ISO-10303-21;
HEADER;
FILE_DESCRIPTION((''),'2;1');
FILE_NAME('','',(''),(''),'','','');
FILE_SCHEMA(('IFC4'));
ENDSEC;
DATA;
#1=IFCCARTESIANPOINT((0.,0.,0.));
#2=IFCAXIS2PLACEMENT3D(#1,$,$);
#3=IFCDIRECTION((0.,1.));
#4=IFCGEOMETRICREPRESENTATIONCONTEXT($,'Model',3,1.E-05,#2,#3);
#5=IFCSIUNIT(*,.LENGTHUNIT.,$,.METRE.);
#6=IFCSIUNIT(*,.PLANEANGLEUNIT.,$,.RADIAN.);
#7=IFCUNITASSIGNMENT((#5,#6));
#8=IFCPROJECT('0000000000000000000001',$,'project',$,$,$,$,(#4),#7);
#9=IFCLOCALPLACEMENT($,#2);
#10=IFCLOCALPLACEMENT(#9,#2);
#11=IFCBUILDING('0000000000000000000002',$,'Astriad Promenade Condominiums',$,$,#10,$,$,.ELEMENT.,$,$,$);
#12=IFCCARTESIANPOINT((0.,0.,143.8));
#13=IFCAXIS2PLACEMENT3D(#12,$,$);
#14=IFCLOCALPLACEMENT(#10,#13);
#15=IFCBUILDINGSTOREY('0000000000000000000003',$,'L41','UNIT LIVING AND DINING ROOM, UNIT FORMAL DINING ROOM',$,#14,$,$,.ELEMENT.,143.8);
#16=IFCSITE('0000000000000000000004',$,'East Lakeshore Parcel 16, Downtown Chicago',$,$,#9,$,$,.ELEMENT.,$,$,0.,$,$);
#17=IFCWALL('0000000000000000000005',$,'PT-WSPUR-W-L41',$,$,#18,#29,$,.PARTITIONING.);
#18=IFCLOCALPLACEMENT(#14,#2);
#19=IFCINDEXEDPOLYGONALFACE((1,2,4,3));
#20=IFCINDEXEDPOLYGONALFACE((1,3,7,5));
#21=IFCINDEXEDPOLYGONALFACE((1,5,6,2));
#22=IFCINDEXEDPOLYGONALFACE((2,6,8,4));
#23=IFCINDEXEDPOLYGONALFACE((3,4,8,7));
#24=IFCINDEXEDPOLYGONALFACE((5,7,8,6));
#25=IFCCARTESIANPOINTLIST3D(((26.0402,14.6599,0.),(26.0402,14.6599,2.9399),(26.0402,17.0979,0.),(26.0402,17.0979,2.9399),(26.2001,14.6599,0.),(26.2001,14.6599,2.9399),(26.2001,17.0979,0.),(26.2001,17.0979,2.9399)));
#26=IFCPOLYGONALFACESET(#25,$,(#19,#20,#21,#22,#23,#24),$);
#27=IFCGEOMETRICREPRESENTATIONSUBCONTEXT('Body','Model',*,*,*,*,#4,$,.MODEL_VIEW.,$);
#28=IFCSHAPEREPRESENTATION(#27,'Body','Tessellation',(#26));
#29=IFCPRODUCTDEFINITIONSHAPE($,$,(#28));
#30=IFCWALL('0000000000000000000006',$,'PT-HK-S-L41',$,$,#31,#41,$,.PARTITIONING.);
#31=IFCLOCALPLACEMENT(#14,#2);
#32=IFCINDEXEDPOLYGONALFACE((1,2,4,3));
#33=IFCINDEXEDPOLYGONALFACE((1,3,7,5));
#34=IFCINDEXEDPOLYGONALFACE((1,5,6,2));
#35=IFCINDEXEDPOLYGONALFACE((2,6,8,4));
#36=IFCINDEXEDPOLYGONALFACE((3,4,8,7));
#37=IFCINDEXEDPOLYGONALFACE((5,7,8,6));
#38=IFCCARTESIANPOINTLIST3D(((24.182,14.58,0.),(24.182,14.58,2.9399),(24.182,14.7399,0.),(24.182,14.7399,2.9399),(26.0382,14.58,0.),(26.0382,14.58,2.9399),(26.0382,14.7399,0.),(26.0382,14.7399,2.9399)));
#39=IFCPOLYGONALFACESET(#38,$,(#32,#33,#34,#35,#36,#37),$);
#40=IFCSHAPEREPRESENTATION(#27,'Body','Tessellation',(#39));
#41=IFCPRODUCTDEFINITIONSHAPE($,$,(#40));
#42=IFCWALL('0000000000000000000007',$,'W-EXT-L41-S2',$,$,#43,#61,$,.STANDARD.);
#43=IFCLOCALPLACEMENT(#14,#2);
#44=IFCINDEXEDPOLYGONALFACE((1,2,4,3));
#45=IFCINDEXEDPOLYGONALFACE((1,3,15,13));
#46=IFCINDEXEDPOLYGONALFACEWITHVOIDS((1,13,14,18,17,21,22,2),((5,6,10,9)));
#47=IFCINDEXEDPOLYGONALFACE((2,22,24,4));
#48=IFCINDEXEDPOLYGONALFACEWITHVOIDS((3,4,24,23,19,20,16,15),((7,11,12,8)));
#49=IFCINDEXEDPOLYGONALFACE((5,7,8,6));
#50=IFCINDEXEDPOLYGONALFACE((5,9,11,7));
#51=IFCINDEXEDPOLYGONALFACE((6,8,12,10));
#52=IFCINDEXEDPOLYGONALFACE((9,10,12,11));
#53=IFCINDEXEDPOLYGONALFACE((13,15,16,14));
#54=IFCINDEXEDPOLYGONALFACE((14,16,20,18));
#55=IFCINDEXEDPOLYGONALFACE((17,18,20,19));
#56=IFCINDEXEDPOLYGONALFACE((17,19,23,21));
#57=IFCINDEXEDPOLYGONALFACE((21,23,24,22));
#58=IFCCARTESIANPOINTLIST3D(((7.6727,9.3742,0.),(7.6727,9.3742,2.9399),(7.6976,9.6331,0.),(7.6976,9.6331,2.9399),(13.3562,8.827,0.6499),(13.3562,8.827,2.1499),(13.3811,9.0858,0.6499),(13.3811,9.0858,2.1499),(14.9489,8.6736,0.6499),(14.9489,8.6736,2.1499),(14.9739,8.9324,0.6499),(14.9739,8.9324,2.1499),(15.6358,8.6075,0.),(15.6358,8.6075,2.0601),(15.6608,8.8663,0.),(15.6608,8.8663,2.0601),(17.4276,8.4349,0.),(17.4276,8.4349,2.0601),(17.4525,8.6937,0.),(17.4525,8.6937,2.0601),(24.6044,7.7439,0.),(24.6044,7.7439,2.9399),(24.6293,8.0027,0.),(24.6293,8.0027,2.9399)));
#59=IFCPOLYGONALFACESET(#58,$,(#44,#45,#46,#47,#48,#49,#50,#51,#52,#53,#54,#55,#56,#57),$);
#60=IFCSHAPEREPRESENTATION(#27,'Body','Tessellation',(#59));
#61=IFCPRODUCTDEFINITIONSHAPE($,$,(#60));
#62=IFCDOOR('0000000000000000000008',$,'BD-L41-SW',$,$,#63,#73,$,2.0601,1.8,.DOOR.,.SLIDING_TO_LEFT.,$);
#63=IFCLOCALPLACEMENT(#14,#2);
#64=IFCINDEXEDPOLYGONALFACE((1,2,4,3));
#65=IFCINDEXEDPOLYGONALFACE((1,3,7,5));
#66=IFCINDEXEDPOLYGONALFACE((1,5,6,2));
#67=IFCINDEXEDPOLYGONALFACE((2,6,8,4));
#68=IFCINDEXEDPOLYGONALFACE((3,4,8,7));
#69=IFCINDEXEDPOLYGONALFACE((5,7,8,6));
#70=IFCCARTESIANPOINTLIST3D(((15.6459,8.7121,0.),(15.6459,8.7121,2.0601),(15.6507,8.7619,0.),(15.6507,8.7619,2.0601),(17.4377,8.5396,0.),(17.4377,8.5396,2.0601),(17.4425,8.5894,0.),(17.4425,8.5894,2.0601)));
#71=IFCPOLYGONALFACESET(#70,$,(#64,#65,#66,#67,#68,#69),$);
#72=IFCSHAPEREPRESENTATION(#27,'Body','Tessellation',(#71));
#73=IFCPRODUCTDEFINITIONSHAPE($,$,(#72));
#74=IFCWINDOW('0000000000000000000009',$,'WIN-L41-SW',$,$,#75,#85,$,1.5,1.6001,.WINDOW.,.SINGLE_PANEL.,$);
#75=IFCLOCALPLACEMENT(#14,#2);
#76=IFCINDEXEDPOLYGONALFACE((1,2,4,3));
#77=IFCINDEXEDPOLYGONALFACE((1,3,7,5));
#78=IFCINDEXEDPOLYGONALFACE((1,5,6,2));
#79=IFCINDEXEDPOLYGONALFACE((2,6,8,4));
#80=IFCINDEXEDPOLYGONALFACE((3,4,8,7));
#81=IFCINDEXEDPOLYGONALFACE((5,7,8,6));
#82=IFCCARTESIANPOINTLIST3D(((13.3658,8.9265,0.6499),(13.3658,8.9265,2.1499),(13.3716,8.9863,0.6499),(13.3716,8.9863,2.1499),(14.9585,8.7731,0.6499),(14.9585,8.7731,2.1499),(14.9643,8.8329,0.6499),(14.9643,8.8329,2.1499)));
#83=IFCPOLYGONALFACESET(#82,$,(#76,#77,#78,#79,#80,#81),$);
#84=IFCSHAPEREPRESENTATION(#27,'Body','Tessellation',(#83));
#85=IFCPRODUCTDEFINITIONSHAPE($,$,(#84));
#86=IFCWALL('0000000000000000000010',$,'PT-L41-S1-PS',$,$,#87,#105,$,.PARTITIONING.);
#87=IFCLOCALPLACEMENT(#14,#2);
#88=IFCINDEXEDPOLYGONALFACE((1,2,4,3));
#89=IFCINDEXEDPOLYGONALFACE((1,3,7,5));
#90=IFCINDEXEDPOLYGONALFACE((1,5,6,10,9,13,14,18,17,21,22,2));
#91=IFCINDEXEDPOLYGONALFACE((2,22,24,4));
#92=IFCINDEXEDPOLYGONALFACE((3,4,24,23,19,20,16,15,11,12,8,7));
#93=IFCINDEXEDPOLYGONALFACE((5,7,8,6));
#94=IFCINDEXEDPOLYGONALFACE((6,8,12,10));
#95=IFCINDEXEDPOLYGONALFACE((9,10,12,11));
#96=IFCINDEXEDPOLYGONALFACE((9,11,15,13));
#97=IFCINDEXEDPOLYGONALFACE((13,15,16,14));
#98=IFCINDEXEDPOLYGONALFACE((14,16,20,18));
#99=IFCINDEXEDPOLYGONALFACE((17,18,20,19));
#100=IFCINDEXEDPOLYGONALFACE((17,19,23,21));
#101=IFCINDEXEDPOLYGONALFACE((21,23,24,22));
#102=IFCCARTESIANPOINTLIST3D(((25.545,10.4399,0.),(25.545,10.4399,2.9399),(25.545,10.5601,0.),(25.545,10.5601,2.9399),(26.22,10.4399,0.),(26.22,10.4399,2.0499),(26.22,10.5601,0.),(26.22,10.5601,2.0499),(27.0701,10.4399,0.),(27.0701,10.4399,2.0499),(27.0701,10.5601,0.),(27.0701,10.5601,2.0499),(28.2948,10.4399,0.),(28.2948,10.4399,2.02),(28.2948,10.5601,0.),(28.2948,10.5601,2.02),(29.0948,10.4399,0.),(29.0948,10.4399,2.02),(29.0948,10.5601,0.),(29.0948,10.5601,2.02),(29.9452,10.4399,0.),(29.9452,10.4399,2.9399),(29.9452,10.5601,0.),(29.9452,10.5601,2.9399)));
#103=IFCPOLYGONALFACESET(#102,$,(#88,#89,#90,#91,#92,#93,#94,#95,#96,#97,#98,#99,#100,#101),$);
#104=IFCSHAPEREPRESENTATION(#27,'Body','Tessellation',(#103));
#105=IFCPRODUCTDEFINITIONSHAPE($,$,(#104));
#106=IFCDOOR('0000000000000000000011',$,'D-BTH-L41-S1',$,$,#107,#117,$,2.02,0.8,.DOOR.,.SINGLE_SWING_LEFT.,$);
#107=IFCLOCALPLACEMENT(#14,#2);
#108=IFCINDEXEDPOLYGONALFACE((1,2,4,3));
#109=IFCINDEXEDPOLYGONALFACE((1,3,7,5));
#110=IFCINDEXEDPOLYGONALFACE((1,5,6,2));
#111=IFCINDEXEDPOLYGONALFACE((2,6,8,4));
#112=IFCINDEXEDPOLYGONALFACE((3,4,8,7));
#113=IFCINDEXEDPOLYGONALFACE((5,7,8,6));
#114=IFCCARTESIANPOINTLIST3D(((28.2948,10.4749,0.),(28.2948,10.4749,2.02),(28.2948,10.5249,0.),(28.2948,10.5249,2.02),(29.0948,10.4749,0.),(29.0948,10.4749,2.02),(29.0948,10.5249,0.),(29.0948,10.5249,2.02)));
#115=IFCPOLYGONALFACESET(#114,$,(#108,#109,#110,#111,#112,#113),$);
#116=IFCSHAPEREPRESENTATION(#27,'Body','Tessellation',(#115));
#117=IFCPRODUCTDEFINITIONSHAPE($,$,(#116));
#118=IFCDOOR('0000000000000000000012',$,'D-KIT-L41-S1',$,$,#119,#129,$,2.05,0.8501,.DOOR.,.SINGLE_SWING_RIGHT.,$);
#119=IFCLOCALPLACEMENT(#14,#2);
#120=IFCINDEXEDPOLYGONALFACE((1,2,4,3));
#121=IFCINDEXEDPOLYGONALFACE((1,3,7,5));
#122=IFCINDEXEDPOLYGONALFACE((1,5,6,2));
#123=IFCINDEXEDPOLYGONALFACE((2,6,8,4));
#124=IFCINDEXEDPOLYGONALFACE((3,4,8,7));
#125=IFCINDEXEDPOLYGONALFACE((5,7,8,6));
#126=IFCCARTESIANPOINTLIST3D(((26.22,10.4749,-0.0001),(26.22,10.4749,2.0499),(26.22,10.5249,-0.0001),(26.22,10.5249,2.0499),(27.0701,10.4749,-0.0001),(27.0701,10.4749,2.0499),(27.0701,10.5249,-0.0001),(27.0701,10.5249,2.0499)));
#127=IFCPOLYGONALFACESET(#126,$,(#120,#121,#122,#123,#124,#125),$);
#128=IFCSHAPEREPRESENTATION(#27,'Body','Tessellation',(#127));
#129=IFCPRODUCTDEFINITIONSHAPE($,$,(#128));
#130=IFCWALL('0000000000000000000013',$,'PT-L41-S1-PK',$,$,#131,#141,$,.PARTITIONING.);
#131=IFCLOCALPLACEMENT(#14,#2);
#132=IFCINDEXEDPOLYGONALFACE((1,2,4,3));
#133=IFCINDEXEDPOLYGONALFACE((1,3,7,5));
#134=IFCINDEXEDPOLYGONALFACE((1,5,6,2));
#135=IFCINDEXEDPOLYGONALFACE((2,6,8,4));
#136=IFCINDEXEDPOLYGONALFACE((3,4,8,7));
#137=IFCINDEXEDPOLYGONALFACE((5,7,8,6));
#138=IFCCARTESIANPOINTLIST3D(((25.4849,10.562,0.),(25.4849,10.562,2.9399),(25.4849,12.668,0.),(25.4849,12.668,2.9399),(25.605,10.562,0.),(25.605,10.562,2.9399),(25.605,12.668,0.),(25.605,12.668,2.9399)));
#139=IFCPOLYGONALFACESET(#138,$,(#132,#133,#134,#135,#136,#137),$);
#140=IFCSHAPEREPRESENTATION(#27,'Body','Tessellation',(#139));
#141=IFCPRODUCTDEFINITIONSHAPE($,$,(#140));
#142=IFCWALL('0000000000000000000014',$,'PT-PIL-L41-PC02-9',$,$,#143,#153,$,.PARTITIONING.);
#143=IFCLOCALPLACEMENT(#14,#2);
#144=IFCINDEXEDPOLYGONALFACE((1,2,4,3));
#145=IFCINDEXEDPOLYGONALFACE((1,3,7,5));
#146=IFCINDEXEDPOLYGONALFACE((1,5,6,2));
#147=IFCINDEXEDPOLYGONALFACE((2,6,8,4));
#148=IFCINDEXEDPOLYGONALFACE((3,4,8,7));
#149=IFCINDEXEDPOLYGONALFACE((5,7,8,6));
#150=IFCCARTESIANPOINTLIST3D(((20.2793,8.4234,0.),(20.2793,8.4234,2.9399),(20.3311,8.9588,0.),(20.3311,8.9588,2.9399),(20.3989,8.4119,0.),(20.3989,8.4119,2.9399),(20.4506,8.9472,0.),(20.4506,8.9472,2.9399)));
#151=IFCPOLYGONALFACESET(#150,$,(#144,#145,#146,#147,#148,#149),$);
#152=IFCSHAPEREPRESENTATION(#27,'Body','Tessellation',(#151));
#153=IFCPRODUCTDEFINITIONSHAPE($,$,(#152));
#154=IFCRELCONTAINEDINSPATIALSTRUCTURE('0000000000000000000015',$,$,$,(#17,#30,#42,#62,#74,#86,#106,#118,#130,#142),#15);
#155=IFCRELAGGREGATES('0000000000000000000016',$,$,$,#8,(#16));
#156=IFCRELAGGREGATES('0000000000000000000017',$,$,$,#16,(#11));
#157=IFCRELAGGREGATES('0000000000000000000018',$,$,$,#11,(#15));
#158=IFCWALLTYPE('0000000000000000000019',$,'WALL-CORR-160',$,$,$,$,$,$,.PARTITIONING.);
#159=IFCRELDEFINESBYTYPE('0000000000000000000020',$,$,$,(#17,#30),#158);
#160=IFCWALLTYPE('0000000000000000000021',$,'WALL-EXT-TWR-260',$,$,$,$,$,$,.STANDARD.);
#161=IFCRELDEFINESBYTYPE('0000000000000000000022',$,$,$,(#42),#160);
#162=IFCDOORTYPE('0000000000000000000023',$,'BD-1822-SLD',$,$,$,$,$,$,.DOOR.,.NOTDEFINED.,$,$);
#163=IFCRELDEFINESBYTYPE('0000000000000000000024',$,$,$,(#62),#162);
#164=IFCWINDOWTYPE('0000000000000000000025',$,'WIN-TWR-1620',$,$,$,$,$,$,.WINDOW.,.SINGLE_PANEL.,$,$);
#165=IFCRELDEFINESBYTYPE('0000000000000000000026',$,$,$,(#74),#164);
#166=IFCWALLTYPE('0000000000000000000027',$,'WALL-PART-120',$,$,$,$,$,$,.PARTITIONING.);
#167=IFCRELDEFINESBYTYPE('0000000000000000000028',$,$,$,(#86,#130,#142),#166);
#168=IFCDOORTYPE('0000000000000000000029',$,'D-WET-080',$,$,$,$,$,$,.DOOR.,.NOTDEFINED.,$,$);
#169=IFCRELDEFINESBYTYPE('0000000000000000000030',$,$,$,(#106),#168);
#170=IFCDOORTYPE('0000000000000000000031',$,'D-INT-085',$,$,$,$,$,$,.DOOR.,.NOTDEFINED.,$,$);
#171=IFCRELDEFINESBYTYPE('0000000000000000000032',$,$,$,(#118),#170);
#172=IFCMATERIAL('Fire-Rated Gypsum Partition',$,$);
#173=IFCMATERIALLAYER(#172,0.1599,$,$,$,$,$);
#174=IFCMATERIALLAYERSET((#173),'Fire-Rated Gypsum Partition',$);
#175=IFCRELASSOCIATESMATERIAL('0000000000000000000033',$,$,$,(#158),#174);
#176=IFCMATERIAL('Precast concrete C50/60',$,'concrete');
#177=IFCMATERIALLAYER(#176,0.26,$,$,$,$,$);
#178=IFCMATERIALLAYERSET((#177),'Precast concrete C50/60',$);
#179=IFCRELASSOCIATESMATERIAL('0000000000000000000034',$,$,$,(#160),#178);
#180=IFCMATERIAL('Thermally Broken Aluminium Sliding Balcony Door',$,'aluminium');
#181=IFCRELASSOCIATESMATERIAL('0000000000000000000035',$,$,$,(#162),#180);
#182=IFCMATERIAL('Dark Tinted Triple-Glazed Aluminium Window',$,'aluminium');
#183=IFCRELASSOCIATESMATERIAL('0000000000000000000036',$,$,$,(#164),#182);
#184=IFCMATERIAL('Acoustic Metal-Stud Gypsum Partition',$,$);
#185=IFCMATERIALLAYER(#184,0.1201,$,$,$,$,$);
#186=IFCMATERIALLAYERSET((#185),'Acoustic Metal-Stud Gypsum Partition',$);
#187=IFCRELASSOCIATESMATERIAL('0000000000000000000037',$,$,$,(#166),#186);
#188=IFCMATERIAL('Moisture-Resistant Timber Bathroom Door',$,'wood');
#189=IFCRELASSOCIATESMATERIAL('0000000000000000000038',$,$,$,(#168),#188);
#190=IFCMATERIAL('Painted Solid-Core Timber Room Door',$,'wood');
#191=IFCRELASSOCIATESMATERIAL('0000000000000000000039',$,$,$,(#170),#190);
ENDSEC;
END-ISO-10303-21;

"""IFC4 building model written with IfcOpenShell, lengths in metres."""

from ifc_helpers import new_model, si_unit, direction, frame, frame_2d, origin, place, context, subcontext, project, spatial, rectangle, extrude, source, transform, mapped, material, layer, layer_set, type_object, type_shapes, element, fill, save


model = new_model("IFC4")

# Units and contexts
model_context = context("Model", 3, precision=1e-05, world=origin(), true_north=direction((0.0, 1.0)))
body_context = subcontext(model_context, "Body", "Model", "MODEL_VIEW")
ifc_project = project(units=[si_unit("LENGTHUNIT", "METRE"), si_unit("PLANEANGLEUNIT", "RADIAN")], contexts=[model_context])

# Site, building, storey
site_placement = place(None, origin())
site = spatial("IfcSite", under=ifc_project, at=site_placement, Name="East Lakeshore Parcel 16, Downtown Chicago", CompositionType="ELEMENT", RefElevation=0.0)
building_placement = place(site_placement, origin())
building = spatial("IfcBuilding", under=site, at=building_placement, Name="Astriad Promenade Condominiums", CompositionType="ELEMENT")
storey_placement = place(building_placement, frame((0.0, 0.0, 143.8)))
storey = spatial("IfcBuildingStorey", under=building, at=storey_placement, Name="L41", Description="UNIT LIVING AND DINING ROOM, UNIT FORMAL DINING ROOM", CompositionType="ELEMENT", Elevation=143.8)

# Shared definitions
ifc_material_1 = material(Name="Fire-Rated Gypsum Partition")
ifc_layer_1 = layer(ifc_material_1, 0.1599)
ifc_layer_set_1 = layer_set([ifc_layer_1], Name="Fire-Rated Gypsum Partition")
wall_type_1 = type_object("IfcWallType", Name="WALL-CORR-160", PredefinedType="PARTITIONING", material=ifc_layer_set_1)

# Walls
wall_1_placement = place(storey_placement, frame((26.1201, 14.6599, 0.0), z_axis=(0.0, 0.0, 1.0), x_axis=(0.0, 1.0, 0.0)))
element("IfcWall", 1, at=wall_1_placement, inside=storey, type_object=wall_type_1, Name="PT-WSPUR-W-L41", PredefinedType="PARTITIONING", context=body_context, shape_type="SweptSolid", body=[
    extrude(rectangle(XDim=2.438, YDim=0.1599, at=frame_2d((1.219, 0.0))), origin(), (0.0, 0.0, 1.0), 2.9399),
])
wall_2_placement = place(storey_placement, frame((24.1819, 14.6599, 0.0), z_axis=(0.0, 0.0, 1.0), x_axis=(1.0, 0.0, 0.0)))
element("IfcWall", 2, at=wall_2_placement, inside=storey, type_object=wall_type_1, Name="PT-HK-S-L41", PredefinedType="PARTITIONING", context=body_context, shape_type="SweptSolid", body=[
    extrude(rectangle(XDim=1.8562, YDim=0.1599, at=frame_2d((0.9282, 0.0))), origin(), (0.0, 0.0, 1.0), 2.9399),
])

# Wall, openings, door, window
ifc_material_2 = material(Name="Precast concrete C50/60", Category="concrete")
ifc_layer_2 = layer(ifc_material_2, 0.26)
ifc_layer_set_2 = layer_set([ifc_layer_2], Name="Precast concrete C50/60")
wall_type_2 = type_object("IfcWallType", Name="WALL-EXT-TWR-260", PredefinedType="STANDARD", material=ifc_layer_set_2)
wall_3_placement = place(storey_placement, frame((24.6167, 7.8733, 0.0), z_axis=(0.0, 0.0, 1.0), x_axis=(-0.995396, 0.095848, 0.0)))
wall_3 = element("IfcWall", 3, at=wall_3_placement, inside=storey, type_object=wall_type_2, Name="W-EXT-L41-S2", PredefinedType="STANDARD", context=body_context, shape_type="SweptSolid", body=[
    extrude(rectangle(XDim=17.01, YDim=0.26, at=frame_2d((8.5049, 0.0))), origin(), (0.0, 0.0, 1.0), 2.9399),
])
opening_1_placement = place(wall_3_placement, frame((7.21, 0.0, 0.0)))
opening_1 = element("IfcOpeningElement", 4, at=opening_1_placement, cuts=wall_3, PredefinedType="OPENING", context=body_context, shape_type="SweptSolid", body=[
    extrude(rectangle(XDim=1.8, YDim=2.0601, at=frame_2d((0.8999, 1.03))), frame((0.0, 0.1399, 0.0), z_axis=(0.0, -1.0, 0.0), x_axis=(1.0, 0.0, 0.0)), (0.0, 0.0, 1.0), 0.28),
])
opening_2_placement = place(wall_3_placement, frame((9.7, 0.0, 0.6499)))
opening_2 = element("IfcOpeningElement", 5, at=opening_2_placement, cuts=wall_3, PredefinedType="OPENING", context=body_context, shape_type="SweptSolid", body=[
    extrude(rectangle(XDim=1.6001, YDim=1.5, at=frame_2d((0.8, 0.75))), frame((0.0, 0.1399, 0.0), z_axis=(0.0, -1.0, 0.0), x_axis=(1.0, 0.0, 0.0)), (0.0, 0.0, 1.0), 0.28),
])
ifc_material_3 = material(Name="Thermally Broken Aluminium Sliding Balcony Door", Category="aluminium")
door_type_1 = type_object("IfcDoorType", Name="BD-1822-SLD", OperationType="NOTDEFINED", PredefinedType="DOOR", material=ifc_material_3)
shared_shape_1 = source(origin(), body_context, "Body", "SweptSolid", [
    extrude(rectangle(XDim=1.8, YDim=2.0601, at=frame_2d((0.8999, 1.03))), frame((0.0, 0.0249, 0.0), z_axis=(0.0, -1.0, 0.0), x_axis=(1.0, 0.0, 0.0)), (0.0, 0.0, 1.0), 0.05),
])
type_shapes(door_type_1, [shared_shape_1])
door_1_placement = place(opening_1_placement, origin())
door_1 = element("IfcDoor", 6, at=door_1_placement, inside=storey, type_object=door_type_1, Name="BD-L41-SW", OperationType="SLIDING_TO_LEFT", OverallHeight=2.0601, OverallWidth=1.8, PredefinedType="DOOR", context=body_context, shape_type="MappedRepresentation", body=[
    mapped(shared_shape_1, transform((0.0, 0.0, 0.0), scale=1.0)),
])
fill(opening_1, door_1)
ifc_material_4 = material(Name="Dark Tinted Triple-Glazed Aluminium Window", Category="aluminium")
window_type = type_object("IfcWindowType", Name="WIN-TWR-1620", PartitioningType="SINGLE_PANEL", PredefinedType="WINDOW", material=ifc_material_4)
shared_shape_2 = source(origin(), body_context, "Body", "SweptSolid", [
    extrude(rectangle(XDim=1.6001, YDim=1.5, at=frame_2d((0.8, 0.75))), frame((0.0, 0.03, 0.0), z_axis=(0.0, -1.0, 0.0), x_axis=(1.0, 0.0, 0.0)), (0.0, 0.0, 1.0), 0.0601),
])
type_shapes(window_type, [shared_shape_2])
window_placement = place(opening_2_placement, origin())
window = element("IfcWindow", 7, at=window_placement, inside=storey, type_object=window_type, Name="WIN-L41-SW", OverallHeight=1.5, OverallWidth=1.6001, PartitioningType="SINGLE_PANEL", PredefinedType="WINDOW", context=body_context, shape_type="MappedRepresentation", body=[
    mapped(shared_shape_2, transform((0.0, 0.0, 0.0), scale=1.0)),
])
fill(opening_2, window)

# Wall, openings, doors
ifc_material_5 = material(Name="Acoustic Metal-Stud Gypsum Partition")
ifc_layer_3 = layer(ifc_material_5, 0.1201)
ifc_layer_set_3 = layer_set([ifc_layer_3], Name="Acoustic Metal-Stud Gypsum Partition")
wall_type_3 = type_object("IfcWallType", Name="WALL-PART-120", PredefinedType="PARTITIONING", material=ifc_layer_set_3)
wall_4_placement = place(storey_placement, frame((25.5449, 10.5, 0.0), z_axis=(0.0, 0.0, 1.0), x_axis=(1.0, 0.0, 0.0)))
wall_4 = element("IfcWall", 8, at=wall_4_placement, inside=storey, type_object=wall_type_3, Name="PT-L41-S1-PS", PredefinedType="PARTITIONING", context=body_context, shape_type="SweptSolid", body=[
    extrude(rectangle(XDim=4.4001, YDim=0.1201, at=frame_2d((2.2002, 0.0))), origin(), (0.0, 0.0, 1.0), 2.9399),
])
opening_3_placement = place(wall_4_placement, frame((0.675, 0.0, 0.0)))
opening_3 = element("IfcOpeningElement", 9, at=opening_3_placement, cuts=wall_4, PredefinedType="OPENING", context=body_context, shape_type="SweptSolid", body=[
    extrude(rectangle(XDim=0.8501, YDim=2.05, at=frame_2d((0.425, 1.0249))), frame((0.0, 0.0701, 0.0), z_axis=(0.0, -1.0, 0.0), x_axis=(1.0, 0.0, 0.0)), (0.0, 0.0, 1.0), 0.1401),
])
opening_4_placement = place(wall_4_placement, frame((2.75, 0.0, 0.0)))
opening_4 = element("IfcOpeningElement", 10, at=opening_4_placement, cuts=wall_4, PredefinedType="OPENING", context=body_context, shape_type="SweptSolid", body=[
    extrude(rectangle(XDim=0.8, YDim=2.02, at=frame_2d((0.3999, 1.01))), frame((0.0, 0.0701, 0.0), z_axis=(0.0, -1.0, 0.0), x_axis=(1.0, 0.0, 0.0)), (0.0, 0.0, 1.0), 0.1401),
])
ifc_material_6 = material(Name="Moisture-Resistant Timber Bathroom Door", Category="wood")
door_type_2 = type_object("IfcDoorType", Name="D-WET-080", OperationType="NOTDEFINED", PredefinedType="DOOR", material=ifc_material_6)
shared_shape_3 = source(origin(), body_context, "Body", "SweptSolid", [
    extrude(rectangle(XDim=0.8, YDim=2.02, at=frame_2d((0.3999, 1.01))), frame((0.0, 0.0249, 0.0), z_axis=(0.0, -1.0, 0.0), x_axis=(1.0, 0.0, 0.0)), (0.0, 0.0, 1.0), 0.05),
])
type_shapes(door_type_2, [shared_shape_3])
door_2_placement = place(opening_4_placement, origin())
door_2 = element("IfcDoor", 11, at=door_2_placement, inside=storey, type_object=door_type_2, Name="D-BTH-L41-S1", OperationType="SINGLE_SWING_LEFT", OverallHeight=2.02, OverallWidth=0.8, PredefinedType="DOOR", context=body_context, shape_type="MappedRepresentation", body=[
    mapped(shared_shape_3, transform((0.0, 0.0, 0.0), scale=1.0)),
])
fill(opening_4, door_2)
ifc_material_7 = material(Name="Painted Solid-Core Timber Room Door", Category="wood")
door_type_3 = type_object("IfcDoorType", Name="D-INT-085", OperationType="NOTDEFINED", PredefinedType="DOOR", material=ifc_material_7)
shared_shape_4 = source(origin(), body_context, "Body", "SweptSolid", [
    extrude(rectangle(XDim=0.8501, YDim=2.05, at=frame_2d((0.425, 1.0249))), frame((0.0, 0.0249, 0.0), z_axis=(0.0, -1.0, 0.0), x_axis=(1.0, 0.0, 0.0)), (0.0, 0.0, 1.0), 0.05),
])
type_shapes(door_type_3, [shared_shape_4])
door_3_placement = place(opening_3_placement, origin())
door_3 = element("IfcDoor", 12, at=door_3_placement, inside=storey, type_object=door_type_3, Name="D-KIT-L41-S1", OperationType="SINGLE_SWING_RIGHT", OverallHeight=2.05, OverallWidth=0.8501, PredefinedType="DOOR", context=body_context, shape_type="MappedRepresentation", body=[
    mapped(shared_shape_4, transform((0.0, 0.0, 0.0), scale=1.0)),
])
fill(opening_3, door_3)

# Walls
wall_5_placement = place(storey_placement, frame((25.5449, 10.562, 0.0), z_axis=(0.0, 0.0, 1.0), x_axis=(0.0, 1.0, 0.0)))
element("IfcWall", 13, at=wall_5_placement, inside=storey, type_object=wall_type_3, Name="PT-L41-S1-PK", PredefinedType="PARTITIONING", context=body_context, shape_type="SweptSolid", body=[
    extrude(rectangle(XDim=2.106, YDim=0.1201, at=frame_2d((1.053, 0.0))), origin(), (0.0, 0.0, 1.0), 2.9399),
])
wall_6_placement = place(storey_placement, frame((20.3909, 8.9531, 0.0), z_axis=(0.0, 0.0, 1.0), x_axis=(-0.096223, -0.99536, 0.0)))
element("IfcWall", 14, at=wall_6_placement, inside=storey, type_object=wall_type_3, Name="PT-PIL-L41-PC02-9", PredefinedType="PARTITIONING", context=body_context, shape_type="SweptSolid", body=[
    extrude(rectangle(XDim=0.5378, YDim=0.1201, at=frame_2d((0.269, 0.0))), origin(), (0.0, 0.0, 1.0), 2.9399),
])

save(model, "model.ifc")
